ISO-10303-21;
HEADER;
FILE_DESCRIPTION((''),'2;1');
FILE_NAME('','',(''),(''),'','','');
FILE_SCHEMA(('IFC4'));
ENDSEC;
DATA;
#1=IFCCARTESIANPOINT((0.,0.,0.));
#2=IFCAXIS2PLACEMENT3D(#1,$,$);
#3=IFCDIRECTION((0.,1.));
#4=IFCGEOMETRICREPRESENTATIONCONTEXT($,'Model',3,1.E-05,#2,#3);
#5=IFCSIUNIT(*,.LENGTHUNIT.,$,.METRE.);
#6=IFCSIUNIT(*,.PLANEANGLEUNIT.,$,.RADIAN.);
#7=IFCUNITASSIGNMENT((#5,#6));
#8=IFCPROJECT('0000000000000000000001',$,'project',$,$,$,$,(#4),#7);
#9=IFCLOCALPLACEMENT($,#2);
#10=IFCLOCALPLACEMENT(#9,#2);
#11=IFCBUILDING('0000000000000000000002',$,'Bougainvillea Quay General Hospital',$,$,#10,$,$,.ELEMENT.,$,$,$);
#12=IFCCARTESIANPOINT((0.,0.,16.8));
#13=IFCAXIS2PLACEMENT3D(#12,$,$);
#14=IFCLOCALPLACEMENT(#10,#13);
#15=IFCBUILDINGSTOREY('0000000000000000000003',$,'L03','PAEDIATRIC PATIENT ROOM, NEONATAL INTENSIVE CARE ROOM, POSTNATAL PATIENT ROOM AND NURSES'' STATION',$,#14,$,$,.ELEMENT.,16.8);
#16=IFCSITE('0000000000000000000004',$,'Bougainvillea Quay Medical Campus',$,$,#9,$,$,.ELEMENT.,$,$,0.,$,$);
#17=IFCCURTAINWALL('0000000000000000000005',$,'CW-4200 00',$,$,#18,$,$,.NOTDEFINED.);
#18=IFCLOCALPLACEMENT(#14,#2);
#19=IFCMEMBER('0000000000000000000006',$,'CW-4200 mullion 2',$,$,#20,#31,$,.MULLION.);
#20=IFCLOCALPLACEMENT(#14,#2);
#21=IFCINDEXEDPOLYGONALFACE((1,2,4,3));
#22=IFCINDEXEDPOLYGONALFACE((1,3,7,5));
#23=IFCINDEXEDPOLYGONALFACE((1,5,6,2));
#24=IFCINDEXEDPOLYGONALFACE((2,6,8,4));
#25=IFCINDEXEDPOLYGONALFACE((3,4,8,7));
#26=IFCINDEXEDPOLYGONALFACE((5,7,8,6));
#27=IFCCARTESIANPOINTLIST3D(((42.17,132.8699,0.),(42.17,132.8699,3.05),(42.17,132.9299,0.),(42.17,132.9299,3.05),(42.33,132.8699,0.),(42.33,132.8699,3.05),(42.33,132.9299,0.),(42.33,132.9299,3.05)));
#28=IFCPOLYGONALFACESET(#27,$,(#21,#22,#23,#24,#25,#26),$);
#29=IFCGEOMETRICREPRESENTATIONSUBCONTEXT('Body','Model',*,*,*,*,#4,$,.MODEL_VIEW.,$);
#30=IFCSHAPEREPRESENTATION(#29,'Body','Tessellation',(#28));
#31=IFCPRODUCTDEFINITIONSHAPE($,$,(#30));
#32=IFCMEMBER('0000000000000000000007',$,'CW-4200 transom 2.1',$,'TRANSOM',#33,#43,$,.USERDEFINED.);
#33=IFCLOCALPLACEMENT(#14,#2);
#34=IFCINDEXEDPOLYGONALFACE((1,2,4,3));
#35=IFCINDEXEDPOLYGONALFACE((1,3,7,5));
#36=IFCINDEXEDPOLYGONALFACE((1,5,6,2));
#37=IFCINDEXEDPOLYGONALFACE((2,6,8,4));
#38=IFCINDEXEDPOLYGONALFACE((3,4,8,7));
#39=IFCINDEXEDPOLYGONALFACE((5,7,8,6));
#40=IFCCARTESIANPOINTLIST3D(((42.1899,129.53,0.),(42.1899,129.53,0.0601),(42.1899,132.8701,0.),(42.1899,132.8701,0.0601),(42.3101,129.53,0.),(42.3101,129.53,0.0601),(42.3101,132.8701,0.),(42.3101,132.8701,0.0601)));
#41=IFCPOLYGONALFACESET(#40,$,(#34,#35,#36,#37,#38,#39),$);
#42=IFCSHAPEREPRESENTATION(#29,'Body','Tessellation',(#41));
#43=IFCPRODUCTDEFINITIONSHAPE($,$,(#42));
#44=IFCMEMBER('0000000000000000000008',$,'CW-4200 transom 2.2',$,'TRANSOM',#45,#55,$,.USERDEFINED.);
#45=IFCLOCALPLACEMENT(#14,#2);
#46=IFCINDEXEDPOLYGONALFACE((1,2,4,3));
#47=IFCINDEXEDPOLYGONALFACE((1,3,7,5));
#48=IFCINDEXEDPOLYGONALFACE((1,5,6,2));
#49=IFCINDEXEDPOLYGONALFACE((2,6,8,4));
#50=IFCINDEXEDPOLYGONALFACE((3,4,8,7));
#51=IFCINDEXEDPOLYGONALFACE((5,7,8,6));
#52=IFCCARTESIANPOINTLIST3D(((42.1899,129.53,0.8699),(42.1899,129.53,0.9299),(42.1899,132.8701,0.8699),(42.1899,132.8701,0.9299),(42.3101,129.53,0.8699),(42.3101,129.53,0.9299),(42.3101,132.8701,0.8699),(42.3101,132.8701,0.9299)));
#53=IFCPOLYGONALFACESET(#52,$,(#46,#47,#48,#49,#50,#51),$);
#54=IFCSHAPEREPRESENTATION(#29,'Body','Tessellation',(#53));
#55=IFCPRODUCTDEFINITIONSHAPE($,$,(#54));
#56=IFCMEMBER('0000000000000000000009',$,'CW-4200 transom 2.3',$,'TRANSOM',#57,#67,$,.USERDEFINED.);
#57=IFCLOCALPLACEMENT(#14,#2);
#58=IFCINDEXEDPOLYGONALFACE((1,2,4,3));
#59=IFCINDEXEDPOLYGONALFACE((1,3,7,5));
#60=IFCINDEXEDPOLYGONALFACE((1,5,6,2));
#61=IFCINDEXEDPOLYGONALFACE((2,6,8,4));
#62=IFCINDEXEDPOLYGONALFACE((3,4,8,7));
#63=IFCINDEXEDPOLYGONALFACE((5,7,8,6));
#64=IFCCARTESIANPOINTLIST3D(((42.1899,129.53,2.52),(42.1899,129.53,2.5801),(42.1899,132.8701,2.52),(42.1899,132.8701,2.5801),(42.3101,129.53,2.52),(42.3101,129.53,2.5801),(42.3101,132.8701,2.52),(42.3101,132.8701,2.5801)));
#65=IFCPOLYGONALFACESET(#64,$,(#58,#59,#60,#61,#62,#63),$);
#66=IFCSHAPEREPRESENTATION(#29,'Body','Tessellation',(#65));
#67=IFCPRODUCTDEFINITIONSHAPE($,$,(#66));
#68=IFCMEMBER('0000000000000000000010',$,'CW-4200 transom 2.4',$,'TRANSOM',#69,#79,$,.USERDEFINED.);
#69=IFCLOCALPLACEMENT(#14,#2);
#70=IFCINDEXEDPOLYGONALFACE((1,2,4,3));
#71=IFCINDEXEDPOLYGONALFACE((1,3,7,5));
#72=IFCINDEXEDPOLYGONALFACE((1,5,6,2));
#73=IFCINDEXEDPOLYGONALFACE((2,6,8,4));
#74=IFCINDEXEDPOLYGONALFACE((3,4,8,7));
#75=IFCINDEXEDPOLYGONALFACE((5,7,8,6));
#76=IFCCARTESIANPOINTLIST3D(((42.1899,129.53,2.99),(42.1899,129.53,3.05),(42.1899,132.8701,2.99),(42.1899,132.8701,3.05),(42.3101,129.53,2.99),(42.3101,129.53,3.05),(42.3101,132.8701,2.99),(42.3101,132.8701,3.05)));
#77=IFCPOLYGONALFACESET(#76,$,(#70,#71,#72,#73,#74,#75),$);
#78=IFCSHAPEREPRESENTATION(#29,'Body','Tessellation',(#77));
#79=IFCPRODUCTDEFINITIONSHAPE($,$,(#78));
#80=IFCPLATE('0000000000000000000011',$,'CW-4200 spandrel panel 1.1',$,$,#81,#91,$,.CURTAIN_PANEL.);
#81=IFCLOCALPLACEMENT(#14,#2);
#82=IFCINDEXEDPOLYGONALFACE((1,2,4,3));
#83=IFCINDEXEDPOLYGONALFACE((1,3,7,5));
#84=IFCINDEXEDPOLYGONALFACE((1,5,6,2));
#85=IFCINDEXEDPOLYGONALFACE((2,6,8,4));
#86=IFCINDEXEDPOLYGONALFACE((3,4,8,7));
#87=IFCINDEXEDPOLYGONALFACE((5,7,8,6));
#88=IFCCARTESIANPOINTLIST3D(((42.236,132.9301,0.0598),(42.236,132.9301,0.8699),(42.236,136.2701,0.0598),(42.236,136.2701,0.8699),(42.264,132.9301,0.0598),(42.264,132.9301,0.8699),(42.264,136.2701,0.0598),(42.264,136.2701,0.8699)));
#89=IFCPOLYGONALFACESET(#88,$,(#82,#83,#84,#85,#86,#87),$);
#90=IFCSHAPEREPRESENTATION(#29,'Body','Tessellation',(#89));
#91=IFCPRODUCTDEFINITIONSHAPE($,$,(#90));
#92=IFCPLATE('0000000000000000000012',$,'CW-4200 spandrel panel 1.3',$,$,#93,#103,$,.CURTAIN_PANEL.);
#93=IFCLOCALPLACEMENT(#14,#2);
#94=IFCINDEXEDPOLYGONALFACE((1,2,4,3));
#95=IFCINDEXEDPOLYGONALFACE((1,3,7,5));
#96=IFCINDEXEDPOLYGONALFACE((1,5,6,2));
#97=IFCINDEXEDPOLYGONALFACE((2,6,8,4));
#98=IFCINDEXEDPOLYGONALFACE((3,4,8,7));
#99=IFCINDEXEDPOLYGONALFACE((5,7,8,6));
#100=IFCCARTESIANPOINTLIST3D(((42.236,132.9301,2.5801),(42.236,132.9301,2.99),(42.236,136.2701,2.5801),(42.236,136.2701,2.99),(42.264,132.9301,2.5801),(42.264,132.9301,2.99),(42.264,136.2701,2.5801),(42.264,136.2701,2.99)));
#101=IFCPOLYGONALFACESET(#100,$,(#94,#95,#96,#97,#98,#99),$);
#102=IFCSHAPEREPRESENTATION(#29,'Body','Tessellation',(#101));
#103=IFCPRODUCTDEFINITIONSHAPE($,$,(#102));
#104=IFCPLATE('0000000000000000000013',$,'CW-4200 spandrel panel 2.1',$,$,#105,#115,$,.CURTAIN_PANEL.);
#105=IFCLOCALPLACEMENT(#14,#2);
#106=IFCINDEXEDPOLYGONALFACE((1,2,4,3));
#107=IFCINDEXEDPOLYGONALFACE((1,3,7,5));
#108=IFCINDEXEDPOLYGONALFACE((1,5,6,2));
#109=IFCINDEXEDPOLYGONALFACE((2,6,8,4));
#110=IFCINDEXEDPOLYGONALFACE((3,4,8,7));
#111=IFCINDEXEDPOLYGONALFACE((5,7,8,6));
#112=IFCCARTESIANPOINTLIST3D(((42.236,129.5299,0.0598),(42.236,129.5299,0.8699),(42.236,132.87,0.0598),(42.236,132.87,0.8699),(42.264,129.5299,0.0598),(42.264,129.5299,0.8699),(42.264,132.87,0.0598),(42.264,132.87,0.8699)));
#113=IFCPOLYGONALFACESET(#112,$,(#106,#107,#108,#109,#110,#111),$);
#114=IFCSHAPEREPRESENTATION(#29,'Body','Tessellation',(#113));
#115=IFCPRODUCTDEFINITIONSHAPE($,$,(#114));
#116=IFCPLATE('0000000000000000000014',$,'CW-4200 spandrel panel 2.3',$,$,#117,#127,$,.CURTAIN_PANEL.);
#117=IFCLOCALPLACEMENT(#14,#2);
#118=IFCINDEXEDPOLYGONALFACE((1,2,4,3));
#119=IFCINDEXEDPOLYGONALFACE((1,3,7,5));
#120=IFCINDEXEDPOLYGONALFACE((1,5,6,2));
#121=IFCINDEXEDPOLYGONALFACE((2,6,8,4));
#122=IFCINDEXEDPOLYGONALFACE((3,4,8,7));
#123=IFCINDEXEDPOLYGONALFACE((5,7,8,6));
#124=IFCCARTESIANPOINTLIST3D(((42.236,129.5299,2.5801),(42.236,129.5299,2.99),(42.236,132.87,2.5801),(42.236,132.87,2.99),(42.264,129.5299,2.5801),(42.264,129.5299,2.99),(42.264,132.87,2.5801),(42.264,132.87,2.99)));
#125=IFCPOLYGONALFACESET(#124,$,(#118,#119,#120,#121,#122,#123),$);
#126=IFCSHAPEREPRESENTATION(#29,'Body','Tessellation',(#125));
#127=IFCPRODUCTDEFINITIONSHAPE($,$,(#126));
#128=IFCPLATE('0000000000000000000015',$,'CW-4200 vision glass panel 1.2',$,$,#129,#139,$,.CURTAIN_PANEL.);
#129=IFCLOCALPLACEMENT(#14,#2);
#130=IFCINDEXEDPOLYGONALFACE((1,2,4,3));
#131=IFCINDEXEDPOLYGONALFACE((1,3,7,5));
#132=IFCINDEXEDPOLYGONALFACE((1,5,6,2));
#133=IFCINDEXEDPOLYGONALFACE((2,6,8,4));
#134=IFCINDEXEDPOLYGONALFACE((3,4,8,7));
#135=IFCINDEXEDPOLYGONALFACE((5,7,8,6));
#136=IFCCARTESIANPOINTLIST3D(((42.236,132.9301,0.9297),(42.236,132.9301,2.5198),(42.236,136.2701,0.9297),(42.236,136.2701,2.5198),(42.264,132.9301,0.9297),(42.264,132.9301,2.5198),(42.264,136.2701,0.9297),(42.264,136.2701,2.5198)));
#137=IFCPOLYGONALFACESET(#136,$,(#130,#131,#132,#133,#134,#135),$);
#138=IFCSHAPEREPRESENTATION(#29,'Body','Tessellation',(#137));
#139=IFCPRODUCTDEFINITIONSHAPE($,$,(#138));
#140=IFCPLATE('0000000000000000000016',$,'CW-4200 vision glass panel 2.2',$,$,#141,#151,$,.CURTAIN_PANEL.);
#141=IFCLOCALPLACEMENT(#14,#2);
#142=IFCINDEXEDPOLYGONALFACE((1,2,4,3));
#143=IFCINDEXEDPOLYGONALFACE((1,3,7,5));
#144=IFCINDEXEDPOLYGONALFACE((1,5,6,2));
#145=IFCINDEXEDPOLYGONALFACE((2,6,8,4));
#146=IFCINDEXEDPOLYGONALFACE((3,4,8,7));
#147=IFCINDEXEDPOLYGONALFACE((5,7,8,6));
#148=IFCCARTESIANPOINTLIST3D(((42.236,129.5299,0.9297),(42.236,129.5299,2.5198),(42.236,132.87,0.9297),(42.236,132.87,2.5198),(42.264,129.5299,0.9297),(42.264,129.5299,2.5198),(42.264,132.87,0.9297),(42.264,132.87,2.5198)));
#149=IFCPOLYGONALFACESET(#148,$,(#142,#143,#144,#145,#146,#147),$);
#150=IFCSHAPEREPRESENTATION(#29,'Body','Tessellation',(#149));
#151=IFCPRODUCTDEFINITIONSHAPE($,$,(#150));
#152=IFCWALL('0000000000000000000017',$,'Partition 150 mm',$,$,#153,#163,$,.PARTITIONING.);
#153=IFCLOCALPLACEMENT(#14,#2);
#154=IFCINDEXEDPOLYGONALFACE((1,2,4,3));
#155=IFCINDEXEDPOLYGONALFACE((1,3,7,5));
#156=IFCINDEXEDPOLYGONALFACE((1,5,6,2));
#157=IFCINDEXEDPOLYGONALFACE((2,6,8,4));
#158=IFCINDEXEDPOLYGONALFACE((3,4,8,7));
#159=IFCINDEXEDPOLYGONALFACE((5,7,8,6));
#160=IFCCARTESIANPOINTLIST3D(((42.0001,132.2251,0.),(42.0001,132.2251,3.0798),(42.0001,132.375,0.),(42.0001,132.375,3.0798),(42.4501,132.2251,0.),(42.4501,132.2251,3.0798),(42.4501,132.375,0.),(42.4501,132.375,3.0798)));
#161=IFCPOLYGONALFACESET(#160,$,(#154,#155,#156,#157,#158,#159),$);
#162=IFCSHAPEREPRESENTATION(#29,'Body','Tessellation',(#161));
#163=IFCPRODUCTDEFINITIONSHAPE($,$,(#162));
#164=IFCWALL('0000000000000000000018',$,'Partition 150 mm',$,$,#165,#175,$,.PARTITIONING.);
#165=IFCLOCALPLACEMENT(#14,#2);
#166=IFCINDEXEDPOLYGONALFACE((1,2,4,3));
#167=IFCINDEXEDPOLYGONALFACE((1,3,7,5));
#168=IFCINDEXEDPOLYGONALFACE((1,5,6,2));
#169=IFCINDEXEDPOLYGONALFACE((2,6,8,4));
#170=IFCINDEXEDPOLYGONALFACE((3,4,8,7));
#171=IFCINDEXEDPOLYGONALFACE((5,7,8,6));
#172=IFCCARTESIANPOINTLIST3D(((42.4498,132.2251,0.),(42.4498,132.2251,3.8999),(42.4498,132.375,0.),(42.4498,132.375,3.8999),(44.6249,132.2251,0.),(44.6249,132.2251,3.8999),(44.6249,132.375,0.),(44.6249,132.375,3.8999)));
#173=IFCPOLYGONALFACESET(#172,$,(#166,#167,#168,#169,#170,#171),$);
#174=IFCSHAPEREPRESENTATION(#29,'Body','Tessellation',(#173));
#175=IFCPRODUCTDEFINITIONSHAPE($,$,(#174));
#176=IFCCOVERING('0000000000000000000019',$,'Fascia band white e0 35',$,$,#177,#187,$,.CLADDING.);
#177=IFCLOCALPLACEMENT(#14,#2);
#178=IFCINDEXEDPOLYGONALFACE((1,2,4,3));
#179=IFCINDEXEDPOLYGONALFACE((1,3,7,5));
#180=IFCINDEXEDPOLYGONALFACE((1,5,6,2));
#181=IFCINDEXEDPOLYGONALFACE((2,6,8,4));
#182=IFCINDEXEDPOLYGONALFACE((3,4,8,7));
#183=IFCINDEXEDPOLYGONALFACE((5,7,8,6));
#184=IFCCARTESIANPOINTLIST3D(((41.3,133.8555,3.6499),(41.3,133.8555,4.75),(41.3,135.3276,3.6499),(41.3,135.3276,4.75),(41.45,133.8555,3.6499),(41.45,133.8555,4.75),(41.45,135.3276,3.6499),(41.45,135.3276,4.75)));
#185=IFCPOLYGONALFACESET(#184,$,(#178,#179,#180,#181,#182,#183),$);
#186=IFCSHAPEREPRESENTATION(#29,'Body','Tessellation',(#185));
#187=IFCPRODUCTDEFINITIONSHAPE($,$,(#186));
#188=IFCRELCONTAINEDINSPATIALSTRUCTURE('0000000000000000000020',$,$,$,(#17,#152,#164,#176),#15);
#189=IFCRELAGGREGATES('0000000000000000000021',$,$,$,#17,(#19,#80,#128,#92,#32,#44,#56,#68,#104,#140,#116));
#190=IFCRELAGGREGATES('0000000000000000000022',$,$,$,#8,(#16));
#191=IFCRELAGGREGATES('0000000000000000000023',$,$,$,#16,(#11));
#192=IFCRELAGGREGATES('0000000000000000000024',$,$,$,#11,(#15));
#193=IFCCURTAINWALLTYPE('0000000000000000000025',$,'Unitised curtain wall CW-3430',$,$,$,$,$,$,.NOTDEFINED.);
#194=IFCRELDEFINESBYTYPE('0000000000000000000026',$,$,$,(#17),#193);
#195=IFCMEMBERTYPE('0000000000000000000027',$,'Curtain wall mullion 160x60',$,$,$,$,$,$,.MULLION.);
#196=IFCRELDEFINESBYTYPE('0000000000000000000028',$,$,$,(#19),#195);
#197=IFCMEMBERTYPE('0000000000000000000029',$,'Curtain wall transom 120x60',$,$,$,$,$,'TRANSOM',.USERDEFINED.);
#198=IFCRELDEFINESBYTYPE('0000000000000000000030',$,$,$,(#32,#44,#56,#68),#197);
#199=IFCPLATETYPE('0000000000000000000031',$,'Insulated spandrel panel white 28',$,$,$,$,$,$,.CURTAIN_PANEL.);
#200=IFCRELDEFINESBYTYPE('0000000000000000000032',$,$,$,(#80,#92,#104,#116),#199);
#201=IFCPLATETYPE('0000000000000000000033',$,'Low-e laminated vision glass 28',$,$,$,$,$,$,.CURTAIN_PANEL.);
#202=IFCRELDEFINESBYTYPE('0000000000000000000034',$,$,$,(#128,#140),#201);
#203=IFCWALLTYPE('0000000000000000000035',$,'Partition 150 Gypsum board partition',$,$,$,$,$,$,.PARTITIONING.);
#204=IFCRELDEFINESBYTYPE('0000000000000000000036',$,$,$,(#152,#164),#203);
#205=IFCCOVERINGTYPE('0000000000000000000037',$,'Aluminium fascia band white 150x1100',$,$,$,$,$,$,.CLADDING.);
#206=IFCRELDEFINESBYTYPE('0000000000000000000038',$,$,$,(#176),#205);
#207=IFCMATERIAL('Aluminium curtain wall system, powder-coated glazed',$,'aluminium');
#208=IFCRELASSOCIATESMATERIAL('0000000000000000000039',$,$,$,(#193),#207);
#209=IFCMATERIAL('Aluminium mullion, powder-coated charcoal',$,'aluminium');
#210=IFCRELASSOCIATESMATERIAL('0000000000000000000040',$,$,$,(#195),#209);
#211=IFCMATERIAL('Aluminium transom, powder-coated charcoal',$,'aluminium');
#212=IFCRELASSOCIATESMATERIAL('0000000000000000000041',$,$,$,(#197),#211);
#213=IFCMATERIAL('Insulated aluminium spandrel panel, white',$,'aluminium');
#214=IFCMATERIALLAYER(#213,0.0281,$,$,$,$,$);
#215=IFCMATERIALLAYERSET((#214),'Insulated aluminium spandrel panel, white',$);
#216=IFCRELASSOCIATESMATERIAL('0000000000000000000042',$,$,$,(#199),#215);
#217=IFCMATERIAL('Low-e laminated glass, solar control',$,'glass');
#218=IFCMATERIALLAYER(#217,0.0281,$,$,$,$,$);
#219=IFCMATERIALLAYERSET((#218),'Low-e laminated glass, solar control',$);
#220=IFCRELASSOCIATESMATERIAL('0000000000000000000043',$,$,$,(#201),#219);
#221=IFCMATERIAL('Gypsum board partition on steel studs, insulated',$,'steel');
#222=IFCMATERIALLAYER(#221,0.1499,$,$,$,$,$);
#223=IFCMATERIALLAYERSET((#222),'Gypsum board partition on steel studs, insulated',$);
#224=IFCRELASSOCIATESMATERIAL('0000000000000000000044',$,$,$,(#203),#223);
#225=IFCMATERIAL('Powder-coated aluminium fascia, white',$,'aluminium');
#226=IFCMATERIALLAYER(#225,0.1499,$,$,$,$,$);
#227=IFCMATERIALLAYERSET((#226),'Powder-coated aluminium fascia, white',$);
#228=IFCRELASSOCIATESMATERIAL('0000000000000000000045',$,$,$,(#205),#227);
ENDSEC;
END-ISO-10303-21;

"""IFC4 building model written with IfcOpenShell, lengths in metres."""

from ifc_helpers import new_model, si_unit, direction, frame, frame_2d, origin, origin_2d, place, context, subcontext, project, spatial, polyline, rectangle, outline, extrude, material, layer, layer_set, material_profile, profile_set, type_object, element, aggregate, save


model = new_model("IFC4")

# Units and contexts
model_context = context("Model", 3, precision=1e-05, world=origin(), true_north=direction((0.0, 1.0)))
body_context = subcontext(model_context, "Body", "Model", "MODEL_VIEW")
ifc_project = project(units=[si_unit("LENGTHUNIT", "METRE"), si_unit("PLANEANGLEUNIT", "RADIAN")], contexts=[model_context])

# Site, building, storey
site_placement = place(None, origin())
site = spatial("IfcSite", under=ifc_project, at=site_placement, Name="Bougainvillea Quay Medical Campus", CompositionType="ELEMENT", RefElevation=0.0)
building_placement = place(site_placement, origin())
building = spatial("IfcBuilding", under=site, at=building_placement, Name="Bougainvillea Quay General Hospital", CompositionType="ELEMENT")
storey_placement = place(building_placement, frame((0.0, 0.0, 16.8)))
storey = spatial("IfcBuildingStorey", under=building, at=storey_placement, Name="L03", Description="PAEDIATRIC PATIENT ROOM, NEONATAL INTENSIVE CARE ROOM, POSTNATAL PATIENT ROOM AND NURSES' STATION", CompositionType="ELEMENT", Elevation=16.8)

# Curtain wall, members, plates
ifc_material_1 = material(Name="Aluminium curtain wall system, powder-coated glazed", Category="aluminium")
curtain_wall_type = type_object("IfcCurtainWallType", Name="Unitised curtain wall CW-3430", PredefinedType="NOTDEFINED", material=ifc_material_1)
curtain_wall_placement = place(storey_placement, origin())
curtain_wall = element("IfcCurtainWall", 1, at=curtain_wall_placement, inside=storey, type_object=curtain_wall_type, Name="CW-4200 00", PredefinedType="NOTDEFINED")
ifc_material_2 = material(Name="Aluminium mullion, powder-coated charcoal", Category="aluminium")
ifc_material_profile_1 = material_profile(ifc_material_2, rectangle(XDim=0.1599, YDim=0.0601, at=origin_2d()))
ifc_profile_set_1 = profile_set([ifc_material_profile_1], Name="Aluminium mullion, powder-coated charcoal")
member_type_1 = type_object("IfcMemberType", Name="Curtain wall mullion 160x60", PredefinedType="MULLION", material=ifc_profile_set_1)
member_1_placement = place(storey_placement, frame((42.25, 132.8999, 0.0), z_axis=(0.0, 0.0, 1.0), x_axis=(1.0, 0.0, 0.0)))
member_1 = element("IfcMember", 2, at=member_1_placement, type_object=member_type_1, Name="CW-4200 mullion 2", PredefinedType="MULLION", context=body_context, shape_type="SweptSolid", body=[
    extrude(rectangle(XDim=0.1599, YDim=0.0601, at=origin_2d()), origin(), (0.0, 0.0, 1.0), 3.05),
])
ifc_material_3 = material(Name="Aluminium transom, powder-coated charcoal", Category="aluminium")
ifc_material_profile_2 = material_profile(ifc_material_3, rectangle(XDim=0.1201, YDim=0.0601, at=origin_2d()))
ifc_profile_set_2 = profile_set([ifc_material_profile_2], Name="Aluminium transom, powder-coated charcoal")
member_type_2 = type_object("IfcMemberType", Name="Curtain wall transom 120x60", ElementType="TRANSOM", PredefinedType="USERDEFINED", material=ifc_profile_set_2)
member_2_placement = place(storey_placement, frame((42.25, 132.8701, 0.03), z_axis=(0.0, -1.0, 0.0), x_axis=(1.0, 0.0, 0.0)))
member_2 = element("IfcMember", 3, at=member_2_placement, type_object=member_type_2, Name="CW-4200 transom 2.1", ObjectType="TRANSOM", PredefinedType="USERDEFINED", context=body_context, shape_type="SweptSolid", body=[
    extrude(rectangle(XDim=0.1201, YDim=0.0601, at=origin_2d()), origin(), (0.0, 0.0, 1.0), 3.3401),
])
member_3_placement = place(storey_placement, frame((42.25, 132.8701, 0.8999), z_axis=(0.0, -1.0, 0.0), x_axis=(1.0, 0.0, 0.0)))
member_3 = element("IfcMember", 4, at=member_3_placement, type_object=member_type_2, Name="CW-4200 transom 2.2", ObjectType="TRANSOM", PredefinedType="USERDEFINED", context=body_context, shape_type="SweptSolid", body=[
    extrude(rectangle(XDim=0.1201, YDim=0.0601, at=origin_2d()), origin(), (0.0, 0.0, 1.0), 3.3401),
])
member_4_placement = place(storey_placement, frame((42.25, 132.8701, 2.55), z_axis=(0.0, -1.0, 0.0), x_axis=(1.0, 0.0, 0.0)))
member_4 = element("IfcMember", 5, at=member_4_placement, type_object=member_type_2, Name="CW-4200 transom 2.3", ObjectType="TRANSOM", PredefinedType="USERDEFINED", context=body_context, shape_type="SweptSolid", body=[
    extrude(rectangle(XDim=0.1201, YDim=0.0601, at=origin_2d()), origin(), (0.0, 0.0, 1.0), 3.3401),
])
member_5_placement = place(storey_placement, frame((42.25, 132.8701, 3.02), z_axis=(0.0, -1.0, 0.0), x_axis=(1.0, 0.0, 0.0)))
member_5 = element("IfcMember", 6, at=member_5_placement, type_object=member_type_2, Name="CW-4200 transom 2.4", ObjectType="TRANSOM", PredefinedType="USERDEFINED", context=body_context, shape_type="SweptSolid", body=[
    extrude(rectangle(XDim=0.1201, YDim=0.0601, at=origin_2d()), origin(), (0.0, 0.0, 1.0), 3.3401),
])
ifc_material_4 = material(Name="Insulated aluminium spandrel panel, white", Category="aluminium")
ifc_layer_1 = layer(ifc_material_4, 0.0281)
ifc_layer_set_1 = layer_set([ifc_layer_1], Name="Insulated aluminium spandrel panel, white")
plate_type_1 = type_object("IfcPlateType", Name="Insulated spandrel panel white 28", PredefinedType="CURTAIN_PANEL", material=ifc_layer_set_1)
plate_1_placement = place(storey_placement, frame((42.25, 134.6001, 0.0598), z_axis=(0.0, 0.0, 1.0), x_axis=(0.0, -1.0, 0.0)))
plate_1 = element("IfcPlate", 7, at=plate_1_placement, type_object=plate_type_1, Name="CW-4200 spandrel panel 1.1", PredefinedType="CURTAIN_PANEL", context=body_context, shape_type="SweptSolid", body=[
    extrude(rectangle(XDim=3.3401, YDim=0.0281, at=origin_2d()), origin(), (0.0, 0.0, 1.0), 0.8101),
])
plate_2_placement = place(storey_placement, frame((42.25, 134.6001, 2.5801), z_axis=(0.0, 0.0, 1.0), x_axis=(0.0, -1.0, 0.0)))
plate_2 = element("IfcPlate", 8, at=plate_2_placement, type_object=plate_type_1, Name="CW-4200 spandrel panel 1.3", PredefinedType="CURTAIN_PANEL", context=body_context, shape_type="SweptSolid", body=[
    extrude(rectangle(XDim=3.3401, YDim=0.0281, at=origin_2d()), origin(), (0.0, 0.0, 1.0), 0.4099),
])
plate_3_placement = place(storey_placement, frame((42.25, 131.2, 0.0598), z_axis=(0.0, 0.0, 1.0), x_axis=(0.0, -1.0, 0.0)))
plate_3 = element("IfcPlate", 9, at=plate_3_placement, type_object=plate_type_1, Name="CW-4200 spandrel panel 2.1", PredefinedType="CURTAIN_PANEL", context=body_context, shape_type="SweptSolid", body=[
    extrude(rectangle(XDim=3.3401, YDim=0.0281, at=origin_2d()), origin(), (0.0, 0.0, 1.0), 0.8101),
])
plate_4_placement = place(storey_placement, frame((42.25, 131.2, 2.5801), z_axis=(0.0, 0.0, 1.0), x_axis=(0.0, -1.0, 0.0)))
plate_4 = element("IfcPlate", 10, at=plate_4_placement, type_object=plate_type_1, Name="CW-4200 spandrel panel 2.3", PredefinedType="CURTAIN_PANEL", context=body_context, shape_type="SweptSolid", body=[
    extrude(rectangle(XDim=3.3401, YDim=0.0281, at=origin_2d()), origin(), (0.0, 0.0, 1.0), 0.4099),
])
ifc_material_5 = material(Name="Low-e laminated glass, solar control", Category="glass")
ifc_layer_2 = layer(ifc_material_5, 0.0281)
ifc_layer_set_2 = layer_set([ifc_layer_2], Name="Low-e laminated glass, solar control")
plate_type_2 = type_object("IfcPlateType", Name="Low-e laminated vision glass 28", PredefinedType="CURTAIN_PANEL", material=ifc_layer_set_2)
plate_5_placement = place(storey_placement, frame((42.25, 134.6001, 0.9297), z_axis=(0.0, 0.0, 1.0), x_axis=(0.0, -1.0, 0.0)))
plate_5 = element("IfcPlate", 11, at=plate_5_placement, type_object=plate_type_2, Name="CW-4200 vision glass panel 1.2", PredefinedType="CURTAIN_PANEL", context=body_context, shape_type="SweptSolid", body=[
    extrude(rectangle(XDim=3.3401, YDim=0.0281, at=origin_2d()), origin(), (0.0, 0.0, 1.0), 1.5901),
])
plate_6_placement = place(storey_placement, frame((42.25, 131.2, 0.9297), z_axis=(0.0, 0.0, 1.0), x_axis=(0.0, -1.0, 0.0)))
plate_6 = element("IfcPlate", 12, at=plate_6_placement, type_object=plate_type_2, Name="CW-4200 vision glass panel 2.2", PredefinedType="CURTAIN_PANEL", context=body_context, shape_type="SweptSolid", body=[
    extrude(rectangle(XDim=3.3401, YDim=0.0281, at=origin_2d()), origin(), (0.0, 0.0, 1.0), 1.5901),
])
aggregate(curtain_wall, [member_1, plate_1, plate_5, plate_2, member_2, member_3, member_4, member_5, plate_3, plate_6, plate_4])

# Walls
ifc_material_6 = material(Name="Gypsum board partition on steel studs, insulated", Category="steel")
ifc_layer_3 = layer(ifc_material_6, 0.1499)
ifc_layer_set_3 = layer_set([ifc_layer_3], Name="Gypsum board partition on steel studs, insulated")
wall_type = type_object("IfcWallType", Name="Partition 150 Gypsum board partition", PredefinedType="PARTITIONING", material=ifc_layer_set_3)
wall_1_placement = place(storey_placement, frame((42.0, 132.3, 0.0), z_axis=(0.0, 0.0, 1.0), x_axis=(1.0, 0.0, 0.0)))
element("IfcWall", 13, at=wall_1_placement, inside=storey, type_object=wall_type, Name="Partition 150 mm", PredefinedType="PARTITIONING", context=body_context, shape_type="SweptSolid", body=[
    extrude(rectangle(XDim=0.45, YDim=0.1499, at=frame_2d((0.2251, 0.0))), origin(), (0.0, 0.0, 1.0), 3.0798),
])
wall_2_placement = place(storey_placement, frame((42.45, 132.3, 0.0), z_axis=(0.0, 0.0, 1.0), x_axis=(1.0, 0.0, 0.0)))
element("IfcWall", 14, at=wall_2_placement, inside=storey, type_object=wall_type, Name="Partition 150 mm", PredefinedType="PARTITIONING", context=body_context, shape_type="SweptSolid", body=[
    extrude(rectangle(XDim=2.175, YDim=0.1499, at=frame_2d((1.0874, 0.0))), origin(), (0.0, 0.0, 1.0), 3.8999),
])

# Covering
ifc_material_7 = material(Name="Powder-coated aluminium fascia, white", Category="aluminium")
ifc_layer_4 = layer(ifc_material_7, 0.1499)
ifc_layer_set_4 = layer_set([ifc_layer_4], Name="Powder-coated aluminium fascia, white")
covering_type = type_object("IfcCoveringType", Name="Aluminium fascia band white 150x1100", PredefinedType="CLADDING", material=ifc_layer_set_4)
covering_1_placement = place(storey_placement, frame((41.45, 135.3276, 3.6499), z_axis=(0.0, 0.0, 1.0), x_axis=(0.0, -1.0, 0.0)))
element("IfcCovering", 15, at=covering_1_placement, inside=storey, type_object=covering_type, Name="Fascia band white e0 35", PredefinedType="CLADDING", context=body_context, shape_type="SweptSolid", body=[
    extrude(outline(polyline([(0.0, 0.0), (1.4722, 0.0), (1.4722, -0.1499), (0.0, -0.1499), (0.0, 0.0)])), origin(), (0.0, 0.0, 1.0), 1.1001),
])

save(model, "model.ifc")
